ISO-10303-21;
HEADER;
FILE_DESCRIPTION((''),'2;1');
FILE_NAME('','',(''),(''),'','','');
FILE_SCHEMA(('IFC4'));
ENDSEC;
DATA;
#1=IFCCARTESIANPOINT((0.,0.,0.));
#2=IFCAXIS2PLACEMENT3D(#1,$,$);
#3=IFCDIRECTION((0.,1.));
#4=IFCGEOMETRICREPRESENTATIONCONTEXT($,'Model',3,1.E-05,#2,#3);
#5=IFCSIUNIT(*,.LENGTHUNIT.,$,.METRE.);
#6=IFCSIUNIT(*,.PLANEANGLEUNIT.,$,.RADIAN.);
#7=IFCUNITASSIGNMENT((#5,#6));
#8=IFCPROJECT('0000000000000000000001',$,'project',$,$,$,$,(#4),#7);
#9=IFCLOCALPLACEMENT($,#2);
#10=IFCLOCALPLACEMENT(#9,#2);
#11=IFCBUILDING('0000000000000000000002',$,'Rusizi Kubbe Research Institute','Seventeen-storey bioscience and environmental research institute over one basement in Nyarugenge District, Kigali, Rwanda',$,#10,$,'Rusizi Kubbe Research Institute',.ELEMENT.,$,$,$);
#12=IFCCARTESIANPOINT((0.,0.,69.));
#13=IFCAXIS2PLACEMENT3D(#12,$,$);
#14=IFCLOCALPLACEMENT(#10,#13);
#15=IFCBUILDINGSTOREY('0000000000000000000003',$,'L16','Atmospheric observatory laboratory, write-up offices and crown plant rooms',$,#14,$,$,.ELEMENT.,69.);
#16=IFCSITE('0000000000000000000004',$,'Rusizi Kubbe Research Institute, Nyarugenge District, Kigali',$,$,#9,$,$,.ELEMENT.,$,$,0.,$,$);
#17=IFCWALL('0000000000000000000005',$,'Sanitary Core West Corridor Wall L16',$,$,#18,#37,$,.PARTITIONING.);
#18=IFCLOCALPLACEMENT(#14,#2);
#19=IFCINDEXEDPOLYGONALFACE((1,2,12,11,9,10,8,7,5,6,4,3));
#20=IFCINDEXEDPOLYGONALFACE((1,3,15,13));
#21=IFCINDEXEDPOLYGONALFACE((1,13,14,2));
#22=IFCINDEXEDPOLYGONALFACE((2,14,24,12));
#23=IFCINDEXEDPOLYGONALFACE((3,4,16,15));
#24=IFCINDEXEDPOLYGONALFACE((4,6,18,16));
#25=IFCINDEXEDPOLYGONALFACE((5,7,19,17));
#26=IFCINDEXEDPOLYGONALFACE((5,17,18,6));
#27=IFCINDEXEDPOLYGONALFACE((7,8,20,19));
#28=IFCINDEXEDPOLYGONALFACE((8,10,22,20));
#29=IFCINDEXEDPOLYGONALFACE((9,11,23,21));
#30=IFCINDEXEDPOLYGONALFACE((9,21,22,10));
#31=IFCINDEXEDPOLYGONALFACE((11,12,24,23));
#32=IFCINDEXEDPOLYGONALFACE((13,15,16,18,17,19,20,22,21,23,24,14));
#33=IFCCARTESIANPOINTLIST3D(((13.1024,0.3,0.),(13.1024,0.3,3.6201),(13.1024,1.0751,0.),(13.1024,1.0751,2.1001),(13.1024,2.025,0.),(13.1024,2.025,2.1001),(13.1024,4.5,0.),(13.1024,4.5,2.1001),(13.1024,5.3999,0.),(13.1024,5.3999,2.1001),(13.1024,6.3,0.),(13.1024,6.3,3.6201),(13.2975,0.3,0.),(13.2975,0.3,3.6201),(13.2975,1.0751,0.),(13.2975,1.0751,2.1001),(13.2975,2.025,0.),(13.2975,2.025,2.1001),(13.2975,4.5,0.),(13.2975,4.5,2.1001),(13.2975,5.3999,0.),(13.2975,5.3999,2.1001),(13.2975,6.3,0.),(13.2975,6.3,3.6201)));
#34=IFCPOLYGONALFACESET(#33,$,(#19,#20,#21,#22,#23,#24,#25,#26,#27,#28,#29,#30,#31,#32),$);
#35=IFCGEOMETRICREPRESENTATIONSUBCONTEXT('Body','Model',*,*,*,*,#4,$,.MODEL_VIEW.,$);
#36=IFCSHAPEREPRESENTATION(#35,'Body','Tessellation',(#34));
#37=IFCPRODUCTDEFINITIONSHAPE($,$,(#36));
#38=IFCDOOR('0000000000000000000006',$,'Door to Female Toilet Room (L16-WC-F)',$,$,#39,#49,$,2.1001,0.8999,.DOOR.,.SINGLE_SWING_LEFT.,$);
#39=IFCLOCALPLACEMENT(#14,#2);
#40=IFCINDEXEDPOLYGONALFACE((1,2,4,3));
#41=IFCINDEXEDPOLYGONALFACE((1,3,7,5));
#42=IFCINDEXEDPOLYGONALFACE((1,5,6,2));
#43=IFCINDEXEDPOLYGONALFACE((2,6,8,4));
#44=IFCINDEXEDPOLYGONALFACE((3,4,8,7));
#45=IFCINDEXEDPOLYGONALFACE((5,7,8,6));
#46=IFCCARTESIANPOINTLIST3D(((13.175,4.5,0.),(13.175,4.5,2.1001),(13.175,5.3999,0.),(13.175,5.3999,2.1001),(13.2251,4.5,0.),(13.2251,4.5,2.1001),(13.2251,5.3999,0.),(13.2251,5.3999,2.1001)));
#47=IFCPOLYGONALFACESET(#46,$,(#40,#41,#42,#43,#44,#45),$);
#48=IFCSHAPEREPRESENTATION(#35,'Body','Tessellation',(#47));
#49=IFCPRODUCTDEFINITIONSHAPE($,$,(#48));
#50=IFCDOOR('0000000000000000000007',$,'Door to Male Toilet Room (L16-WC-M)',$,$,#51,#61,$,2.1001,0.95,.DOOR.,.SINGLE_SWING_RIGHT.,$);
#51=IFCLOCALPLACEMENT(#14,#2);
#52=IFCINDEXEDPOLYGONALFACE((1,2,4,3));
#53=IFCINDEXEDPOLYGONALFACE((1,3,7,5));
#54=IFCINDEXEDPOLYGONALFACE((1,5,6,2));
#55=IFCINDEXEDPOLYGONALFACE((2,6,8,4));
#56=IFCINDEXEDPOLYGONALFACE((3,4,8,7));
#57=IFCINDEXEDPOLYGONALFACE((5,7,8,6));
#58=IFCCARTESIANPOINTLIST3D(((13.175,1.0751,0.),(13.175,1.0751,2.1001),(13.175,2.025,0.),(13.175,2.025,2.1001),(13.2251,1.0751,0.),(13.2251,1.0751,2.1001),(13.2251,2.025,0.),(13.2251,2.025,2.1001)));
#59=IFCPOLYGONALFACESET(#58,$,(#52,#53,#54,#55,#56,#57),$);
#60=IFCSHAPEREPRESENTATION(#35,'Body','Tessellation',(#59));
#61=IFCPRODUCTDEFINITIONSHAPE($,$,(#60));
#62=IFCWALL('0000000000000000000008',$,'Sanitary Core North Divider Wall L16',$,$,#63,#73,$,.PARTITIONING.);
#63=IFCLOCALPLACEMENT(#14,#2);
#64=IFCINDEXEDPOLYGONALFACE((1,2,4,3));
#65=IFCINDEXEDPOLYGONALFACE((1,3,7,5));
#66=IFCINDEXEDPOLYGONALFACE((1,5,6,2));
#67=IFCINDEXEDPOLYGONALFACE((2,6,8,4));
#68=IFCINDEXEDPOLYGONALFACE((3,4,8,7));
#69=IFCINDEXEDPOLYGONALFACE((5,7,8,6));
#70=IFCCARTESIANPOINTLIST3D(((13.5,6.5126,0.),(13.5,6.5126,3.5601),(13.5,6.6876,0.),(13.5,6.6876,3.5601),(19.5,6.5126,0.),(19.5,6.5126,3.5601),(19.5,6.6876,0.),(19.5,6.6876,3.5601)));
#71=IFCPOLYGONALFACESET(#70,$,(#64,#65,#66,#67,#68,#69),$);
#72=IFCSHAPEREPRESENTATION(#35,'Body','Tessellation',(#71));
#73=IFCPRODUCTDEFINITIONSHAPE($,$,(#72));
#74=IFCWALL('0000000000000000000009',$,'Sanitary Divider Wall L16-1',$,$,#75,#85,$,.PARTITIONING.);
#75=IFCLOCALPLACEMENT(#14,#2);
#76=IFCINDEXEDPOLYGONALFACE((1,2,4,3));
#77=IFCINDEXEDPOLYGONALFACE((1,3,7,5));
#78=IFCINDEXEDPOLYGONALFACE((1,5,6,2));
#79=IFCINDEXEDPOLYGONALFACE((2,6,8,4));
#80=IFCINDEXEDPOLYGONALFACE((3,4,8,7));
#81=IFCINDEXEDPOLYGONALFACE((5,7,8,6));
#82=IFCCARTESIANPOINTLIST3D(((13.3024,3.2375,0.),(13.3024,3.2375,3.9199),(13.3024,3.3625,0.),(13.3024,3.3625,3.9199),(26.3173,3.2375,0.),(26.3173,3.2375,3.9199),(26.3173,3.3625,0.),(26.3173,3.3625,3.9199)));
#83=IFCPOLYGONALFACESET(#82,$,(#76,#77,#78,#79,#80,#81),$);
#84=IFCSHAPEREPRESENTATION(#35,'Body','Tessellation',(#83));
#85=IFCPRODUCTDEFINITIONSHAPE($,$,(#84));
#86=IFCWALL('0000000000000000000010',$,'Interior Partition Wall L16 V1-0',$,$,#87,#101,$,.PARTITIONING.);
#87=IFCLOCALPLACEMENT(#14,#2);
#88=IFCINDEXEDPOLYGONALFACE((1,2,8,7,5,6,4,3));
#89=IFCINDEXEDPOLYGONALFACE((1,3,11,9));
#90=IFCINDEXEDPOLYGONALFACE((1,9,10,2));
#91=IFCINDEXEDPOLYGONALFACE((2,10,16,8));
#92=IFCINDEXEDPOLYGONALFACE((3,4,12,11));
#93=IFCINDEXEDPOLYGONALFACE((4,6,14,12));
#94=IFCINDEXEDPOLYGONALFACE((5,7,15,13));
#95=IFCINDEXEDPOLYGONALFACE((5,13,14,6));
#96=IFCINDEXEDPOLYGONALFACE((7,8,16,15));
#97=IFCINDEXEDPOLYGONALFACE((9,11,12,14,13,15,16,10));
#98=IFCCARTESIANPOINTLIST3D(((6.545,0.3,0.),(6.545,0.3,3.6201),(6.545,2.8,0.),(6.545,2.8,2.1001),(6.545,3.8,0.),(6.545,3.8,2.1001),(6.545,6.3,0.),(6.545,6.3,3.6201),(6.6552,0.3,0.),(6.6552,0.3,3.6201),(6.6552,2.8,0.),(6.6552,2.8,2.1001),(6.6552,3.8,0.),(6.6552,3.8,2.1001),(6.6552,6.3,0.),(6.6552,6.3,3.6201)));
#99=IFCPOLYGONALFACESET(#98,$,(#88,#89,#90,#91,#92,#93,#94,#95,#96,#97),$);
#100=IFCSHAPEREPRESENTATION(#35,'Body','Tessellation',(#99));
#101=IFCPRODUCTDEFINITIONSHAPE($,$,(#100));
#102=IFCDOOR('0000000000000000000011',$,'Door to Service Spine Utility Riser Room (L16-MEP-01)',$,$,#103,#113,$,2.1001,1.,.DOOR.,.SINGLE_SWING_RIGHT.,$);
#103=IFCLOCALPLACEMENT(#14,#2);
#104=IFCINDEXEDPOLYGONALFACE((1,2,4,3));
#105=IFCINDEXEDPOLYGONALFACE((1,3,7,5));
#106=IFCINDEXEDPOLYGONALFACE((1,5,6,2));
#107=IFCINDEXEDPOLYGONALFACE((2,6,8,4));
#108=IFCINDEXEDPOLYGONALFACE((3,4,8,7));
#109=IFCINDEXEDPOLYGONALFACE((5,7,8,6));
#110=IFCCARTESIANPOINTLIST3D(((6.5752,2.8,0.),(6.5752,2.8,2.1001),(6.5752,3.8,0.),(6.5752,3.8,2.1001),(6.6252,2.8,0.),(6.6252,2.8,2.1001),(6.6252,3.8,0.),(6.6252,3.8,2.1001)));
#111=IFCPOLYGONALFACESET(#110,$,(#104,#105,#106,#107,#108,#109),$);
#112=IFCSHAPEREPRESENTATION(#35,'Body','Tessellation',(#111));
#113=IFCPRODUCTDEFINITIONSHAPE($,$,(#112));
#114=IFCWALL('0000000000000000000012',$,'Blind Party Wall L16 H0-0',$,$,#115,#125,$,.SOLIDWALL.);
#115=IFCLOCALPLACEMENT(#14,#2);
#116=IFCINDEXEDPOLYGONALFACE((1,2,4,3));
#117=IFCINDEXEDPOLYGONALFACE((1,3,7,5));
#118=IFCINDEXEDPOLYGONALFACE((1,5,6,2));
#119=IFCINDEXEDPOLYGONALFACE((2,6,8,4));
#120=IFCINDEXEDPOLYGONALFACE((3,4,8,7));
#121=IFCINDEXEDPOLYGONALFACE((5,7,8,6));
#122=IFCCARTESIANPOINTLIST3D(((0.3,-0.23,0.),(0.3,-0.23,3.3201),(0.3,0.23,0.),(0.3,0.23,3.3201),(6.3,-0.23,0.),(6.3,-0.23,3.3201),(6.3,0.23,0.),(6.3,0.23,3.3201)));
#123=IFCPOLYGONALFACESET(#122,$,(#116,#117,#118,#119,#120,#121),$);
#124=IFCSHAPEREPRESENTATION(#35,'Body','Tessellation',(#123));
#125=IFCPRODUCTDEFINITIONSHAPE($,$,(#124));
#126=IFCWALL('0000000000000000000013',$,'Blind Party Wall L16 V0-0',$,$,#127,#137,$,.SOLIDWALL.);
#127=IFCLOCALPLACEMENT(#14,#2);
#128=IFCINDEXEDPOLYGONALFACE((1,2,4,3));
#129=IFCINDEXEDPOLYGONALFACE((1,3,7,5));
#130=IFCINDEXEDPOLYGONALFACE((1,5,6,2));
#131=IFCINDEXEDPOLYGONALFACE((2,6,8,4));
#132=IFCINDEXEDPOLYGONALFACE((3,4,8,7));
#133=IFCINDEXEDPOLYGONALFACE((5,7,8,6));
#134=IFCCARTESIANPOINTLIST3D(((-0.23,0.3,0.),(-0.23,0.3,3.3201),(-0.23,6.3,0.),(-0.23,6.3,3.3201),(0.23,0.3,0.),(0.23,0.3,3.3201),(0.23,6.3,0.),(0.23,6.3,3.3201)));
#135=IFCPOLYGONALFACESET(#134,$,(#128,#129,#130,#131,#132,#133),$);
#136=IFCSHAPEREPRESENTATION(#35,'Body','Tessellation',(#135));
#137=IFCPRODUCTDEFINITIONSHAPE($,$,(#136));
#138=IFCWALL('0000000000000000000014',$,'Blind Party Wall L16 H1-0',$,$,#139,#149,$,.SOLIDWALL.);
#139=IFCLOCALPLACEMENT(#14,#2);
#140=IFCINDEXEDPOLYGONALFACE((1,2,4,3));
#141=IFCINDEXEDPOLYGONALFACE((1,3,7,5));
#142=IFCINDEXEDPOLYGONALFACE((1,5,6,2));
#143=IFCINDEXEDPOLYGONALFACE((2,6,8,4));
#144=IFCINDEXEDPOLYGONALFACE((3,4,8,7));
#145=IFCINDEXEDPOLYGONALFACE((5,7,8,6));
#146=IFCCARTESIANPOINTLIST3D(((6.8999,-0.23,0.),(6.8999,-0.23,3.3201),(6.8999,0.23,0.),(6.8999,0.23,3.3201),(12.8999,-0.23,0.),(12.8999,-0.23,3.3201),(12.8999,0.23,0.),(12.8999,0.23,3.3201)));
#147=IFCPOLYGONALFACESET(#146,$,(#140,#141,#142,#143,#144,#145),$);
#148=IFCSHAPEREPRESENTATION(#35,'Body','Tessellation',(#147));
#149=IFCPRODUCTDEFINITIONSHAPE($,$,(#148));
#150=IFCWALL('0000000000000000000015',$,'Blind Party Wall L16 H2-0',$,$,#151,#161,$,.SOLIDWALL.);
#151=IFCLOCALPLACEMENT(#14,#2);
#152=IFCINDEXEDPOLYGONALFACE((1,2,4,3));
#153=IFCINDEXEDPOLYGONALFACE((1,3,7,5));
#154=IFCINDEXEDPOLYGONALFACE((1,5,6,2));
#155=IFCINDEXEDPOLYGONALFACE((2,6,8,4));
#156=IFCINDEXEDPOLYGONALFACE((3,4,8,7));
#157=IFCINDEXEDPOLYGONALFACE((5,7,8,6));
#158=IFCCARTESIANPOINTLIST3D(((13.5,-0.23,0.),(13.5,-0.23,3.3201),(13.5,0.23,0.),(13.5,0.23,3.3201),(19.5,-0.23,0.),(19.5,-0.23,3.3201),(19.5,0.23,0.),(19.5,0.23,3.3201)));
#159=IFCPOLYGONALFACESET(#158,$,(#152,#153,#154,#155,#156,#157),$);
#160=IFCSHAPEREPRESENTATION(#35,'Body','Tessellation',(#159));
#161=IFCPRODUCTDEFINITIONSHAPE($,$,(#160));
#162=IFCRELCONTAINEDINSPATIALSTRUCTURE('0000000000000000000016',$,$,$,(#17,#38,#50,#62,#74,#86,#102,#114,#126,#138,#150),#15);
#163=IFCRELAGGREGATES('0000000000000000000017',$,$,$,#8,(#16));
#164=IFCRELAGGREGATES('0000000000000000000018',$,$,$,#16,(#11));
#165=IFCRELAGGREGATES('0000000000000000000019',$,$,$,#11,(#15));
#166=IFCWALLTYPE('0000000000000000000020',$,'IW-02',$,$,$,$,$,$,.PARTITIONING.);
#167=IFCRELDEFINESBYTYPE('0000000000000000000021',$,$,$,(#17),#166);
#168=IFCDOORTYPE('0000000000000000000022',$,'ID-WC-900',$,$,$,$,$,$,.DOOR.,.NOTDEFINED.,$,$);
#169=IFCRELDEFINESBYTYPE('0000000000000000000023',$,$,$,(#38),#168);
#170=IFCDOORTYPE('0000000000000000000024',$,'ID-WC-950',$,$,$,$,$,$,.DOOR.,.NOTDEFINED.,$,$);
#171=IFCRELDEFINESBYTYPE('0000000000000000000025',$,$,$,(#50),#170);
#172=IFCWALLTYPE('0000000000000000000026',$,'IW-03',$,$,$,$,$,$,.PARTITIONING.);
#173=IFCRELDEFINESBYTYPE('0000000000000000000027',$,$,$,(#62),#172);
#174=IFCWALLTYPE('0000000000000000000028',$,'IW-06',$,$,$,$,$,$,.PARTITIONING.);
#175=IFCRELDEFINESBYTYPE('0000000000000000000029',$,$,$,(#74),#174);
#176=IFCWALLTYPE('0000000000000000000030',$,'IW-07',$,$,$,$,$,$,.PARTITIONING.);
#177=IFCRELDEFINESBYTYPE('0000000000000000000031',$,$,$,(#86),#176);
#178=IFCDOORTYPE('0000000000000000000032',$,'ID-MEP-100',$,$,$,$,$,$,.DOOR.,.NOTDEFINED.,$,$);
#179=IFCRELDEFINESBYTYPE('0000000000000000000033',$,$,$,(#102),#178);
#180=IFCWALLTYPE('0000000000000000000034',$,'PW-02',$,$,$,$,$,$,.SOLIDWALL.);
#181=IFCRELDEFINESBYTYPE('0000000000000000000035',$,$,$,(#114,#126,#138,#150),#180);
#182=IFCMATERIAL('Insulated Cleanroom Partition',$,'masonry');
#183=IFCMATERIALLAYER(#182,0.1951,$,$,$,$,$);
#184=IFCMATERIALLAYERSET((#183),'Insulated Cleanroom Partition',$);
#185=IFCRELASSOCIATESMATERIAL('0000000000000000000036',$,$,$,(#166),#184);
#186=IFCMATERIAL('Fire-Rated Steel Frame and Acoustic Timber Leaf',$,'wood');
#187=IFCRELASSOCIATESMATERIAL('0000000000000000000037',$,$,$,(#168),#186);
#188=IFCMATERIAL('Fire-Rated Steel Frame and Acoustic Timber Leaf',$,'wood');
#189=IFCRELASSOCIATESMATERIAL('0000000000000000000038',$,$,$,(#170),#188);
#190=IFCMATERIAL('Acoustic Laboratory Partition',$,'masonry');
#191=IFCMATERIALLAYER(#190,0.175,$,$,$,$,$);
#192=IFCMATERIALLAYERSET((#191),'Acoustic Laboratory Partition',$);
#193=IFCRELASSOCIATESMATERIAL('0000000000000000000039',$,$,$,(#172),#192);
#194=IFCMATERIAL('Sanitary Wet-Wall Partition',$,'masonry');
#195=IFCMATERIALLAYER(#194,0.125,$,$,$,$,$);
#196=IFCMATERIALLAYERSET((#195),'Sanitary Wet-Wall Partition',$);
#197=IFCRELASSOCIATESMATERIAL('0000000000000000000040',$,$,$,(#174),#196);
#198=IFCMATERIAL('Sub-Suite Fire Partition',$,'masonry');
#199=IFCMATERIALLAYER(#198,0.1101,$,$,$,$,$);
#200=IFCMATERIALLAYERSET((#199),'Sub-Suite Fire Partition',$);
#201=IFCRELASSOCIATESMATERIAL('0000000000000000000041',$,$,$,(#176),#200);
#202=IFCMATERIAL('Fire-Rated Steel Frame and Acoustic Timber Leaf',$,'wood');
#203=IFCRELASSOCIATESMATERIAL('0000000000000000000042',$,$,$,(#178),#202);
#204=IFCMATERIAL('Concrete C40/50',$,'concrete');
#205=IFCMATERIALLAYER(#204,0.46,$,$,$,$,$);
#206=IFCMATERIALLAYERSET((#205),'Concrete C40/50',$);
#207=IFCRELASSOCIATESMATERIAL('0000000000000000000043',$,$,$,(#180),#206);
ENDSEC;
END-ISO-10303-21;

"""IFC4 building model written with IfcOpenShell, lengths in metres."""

from ifc_helpers import new_model, si_unit, direction, frame, frame_2d, origin, place, context, subcontext, project, spatial, rectangle, extrude, material, layer, layer_set, type_object, element, fill, save


model = new_model("IFC4")

# Units and contexts
model_context = context("Model", 3, precision=1e-05, world=origin(), true_north=direction((0.0, 1.0)))
body_context = subcontext(model_context, "Body", "Model", "MODEL_VIEW")
ifc_project = project(units=[si_unit("LENGTHUNIT", "METRE"), si_unit("PLANEANGLEUNIT", "RADIAN")], contexts=[model_context])

# Site, building, storey
site_placement = place(None, origin())
site = spatial("IfcSite", under=ifc_project, at=site_placement, Name="Rusizi Kubbe Research Institute, Nyarugenge District, Kigali", CompositionType="ELEMENT", RefElevation=0.0)
building_placement = place(site_placement, origin())
building = spatial("IfcBuilding", under=site, at=building_placement, Name="Rusizi Kubbe Research Institute", Description="Seventeen-storey bioscience and environmental research institute over one basement in Nyarugenge District, Kigali, Rwanda", LongName="Rusizi Kubbe Research Institute", CompositionType="ELEMENT")
storey_placement = place(building_placement, frame((0.0, 0.0, 69.0)))
storey = spatial("IfcBuildingStorey", under=building, at=storey_placement, Name="L16", Description="Atmospheric observatory laboratory, write-up offices and crown plant rooms", CompositionType="ELEMENT", Elevation=69.0)

# Wall, openings, doors
ifc_material_1 = material(Name="Insulated Cleanroom Partition", Category="masonry")
ifc_layer_1 = layer(ifc_material_1, 0.1951)
ifc_layer_set_1 = layer_set([ifc_layer_1], Name="Insulated Cleanroom Partition")
wall_type_1 = type_object("IfcWallType", Name="IW-02", PredefinedType="PARTITIONING", material=ifc_layer_set_1)
wall_1_placement = place(storey_placement, frame((13.2, 0.3, 0.0), z_axis=(0.0, 0.0, 1.0), x_axis=(0.0, 1.0, 0.0)))
wall_1 = element("IfcWall", 1, at=wall_1_placement, inside=storey, type_object=wall_type_1, Name="Sanitary Core West Corridor Wall L16", PredefinedType="PARTITIONING", context=body_context, shape_type="SweptSolid", body=[
    extrude(rectangle(XDim=6.0, YDim=0.1951, at=frame_2d((3.0, 0.0))), origin(), (0.0, 0.0, 1.0), 3.6201),
])
opening_1_placement = place(wall_1_placement, frame((0.7749, 0.0, 0.0)))
opening_1 = element("IfcOpeningElement", 2, at=opening_1_placement, cuts=wall_1, PredefinedType="OPENING", context=body_context, shape_type="SweptSolid", body=[
    extrude(rectangle(XDim=0.95, YDim=2.1001, at=frame_2d((0.4751, 1.05))), frame((0.0, 0.1074, 0.0), z_axis=(0.0, -1.0, 0.0), x_axis=(1.0, 0.0, 0.0)), (0.0, 0.0, 1.0), 0.2151),
])
opening_2_placement = place(wall_1_placement, frame((4.2, 0.0, 0.0)))
opening_2 = element("IfcOpeningElement", 3, at=opening_2_placement, cuts=wall_1, PredefinedType="OPENING", context=body_context, shape_type="SweptSolid", body=[
    extrude(rectangle(XDim=0.8999, YDim=2.1001, at=frame_2d((0.45, 1.05))), frame((0.0, 0.1074, 0.0), z_axis=(0.0, -1.0, 0.0), x_axis=(1.0, 0.0, 0.0)), (0.0, 0.0, 1.0), 0.2151),
])
ifc_material_2 = material(Name="Fire-Rated Steel Frame and Acoustic Timber Leaf", Category="wood")
door_type_1 = type_object("IfcDoorType", Name="ID-WC-900", OperationType="NOTDEFINED", PredefinedType="DOOR", material=ifc_material_2)
door_1_placement = place(opening_2_placement, origin())
door_1 = element("IfcDoor", 4, at=door_1_placement, inside=storey, type_object=door_type_1, Name="Door to Female Toilet Room (L16-WC-F)", OperationType="SINGLE_SWING_LEFT", OverallHeight=2.1001, OverallWidth=0.8999, PredefinedType="DOOR", context=body_context, shape_type="SweptSolid", body=[
    extrude(rectangle(XDim=0.8999, YDim=2.1001, at=frame_2d((0.45, 1.05))), frame((0.0, 0.0249, 0.0), z_axis=(0.0, -1.0, 0.0), x_axis=(1.0, 0.0, 0.0)), (0.0, 0.0, 1.0), 0.05),
])
fill(opening_2, door_1)
ifc_material_3 = material(Name="Fire-Rated Steel Frame and Acoustic Timber Leaf", Category="wood")
door_type_2 = type_object("IfcDoorType", Name="ID-WC-950", OperationType="NOTDEFINED", PredefinedType="DOOR", material=ifc_material_3)
door_2_placement = place(opening_1_placement, origin())
door_2 = element("IfcDoor", 5, at=door_2_placement, inside=storey, type_object=door_type_2, Name="Door to Male Toilet Room (L16-WC-M)", OperationType="SINGLE_SWING_RIGHT", OverallHeight=2.1001, OverallWidth=0.95, PredefinedType="DOOR", context=body_context, shape_type="SweptSolid", body=[
    extrude(rectangle(XDim=0.95, YDim=2.1001, at=frame_2d((0.4751, 1.05))), frame((0.0, 0.0249, 0.0), z_axis=(0.0, -1.0, 0.0), x_axis=(1.0, 0.0, 0.0)), (0.0, 0.0, 1.0), 0.05),
])
fill(opening_1, door_2)

# Walls
ifc_material_4 = material(Name="Acoustic Laboratory Partition", Category="masonry")
ifc_layer_2 = layer(ifc_material_4, 0.175)
ifc_layer_set_2 = layer_set([ifc_layer_2], Name="Acoustic Laboratory Partition")
wall_type_2 = type_object("IfcWallType", Name="IW-03", PredefinedType="PARTITIONING", material=ifc_layer_set_2)
wall_2_placement = place(storey_placement, frame((13.5, 6.6001, 0.0), z_axis=(0.0, 0.0, 1.0), x_axis=(1.0, 0.0, 0.0)))
element("IfcWall", 6, at=wall_2_placement, inside=storey, type_object=wall_type_2, Name="Sanitary Core North Divider Wall L16", PredefinedType="PARTITIONING", context=body_context, shape_type="SweptSolid", body=[
    extrude(rectangle(XDim=6.0, YDim=0.175, at=frame_2d((3.0, 0.0))), origin(), (0.0, 0.0, 1.0), 3.5601),
])
ifc_material_5 = material(Name="Sanitary Wet-Wall Partition", Category="masonry")
ifc_layer_3 = layer(ifc_material_5, 0.125)
ifc_layer_set_3 = layer_set([ifc_layer_3], Name="Sanitary Wet-Wall Partition")
wall_type_3 = type_object("IfcWallType", Name="IW-06", PredefinedType="PARTITIONING", material=ifc_layer_set_3)
wall_3_placement = place(storey_placement, frame((13.3025, 3.3, 0.0), z_axis=(0.0, 0.0, 1.0), x_axis=(1.0, 0.0, 0.0)))
element("IfcWall", 7, at=wall_3_placement, inside=storey, type_object=wall_type_3, Name="Sanitary Divider Wall L16-1", PredefinedType="PARTITIONING", context=body_context, shape_type="SweptSolid", body=[
    extrude(rectangle(XDim=13.0149, YDim=0.125, at=frame_2d((6.5073, 0.0))), origin(), (0.0, 0.0, 1.0), 3.9199),
])

# Wall, opening, door
ifc_material_6 = material(Name="Sub-Suite Fire Partition", Category="masonry")
ifc_layer_4 = layer(ifc_material_6, 0.1101)
ifc_layer_set_4 = layer_set([ifc_layer_4], Name="Sub-Suite Fire Partition")
wall_type_4 = type_object("IfcWallType", Name="IW-07", PredefinedType="PARTITIONING", material=ifc_layer_set_4)
wall_4_placement = place(storey_placement, frame((6.6001, 0.3, 0.0), z_axis=(0.0, 0.0, 1.0), x_axis=(0.0, 1.0, 0.0)))
wall_4 = element("IfcWall", 8, at=wall_4_placement, inside=storey, type_object=wall_type_4, Name="Interior Partition Wall L16 V1-0", PredefinedType="PARTITIONING", context=body_context, shape_type="SweptSolid", body=[
    extrude(rectangle(XDim=6.0, YDim=0.1101, at=frame_2d((3.0, 0.0))), origin(), (0.0, 0.0, 1.0), 3.6201),
])
opening_3_placement = place(wall_4_placement, frame((2.5, 0.0, 0.0)))
opening_3 = element("IfcOpeningElement", 9, at=opening_3_placement, cuts=wall_4, PredefinedType="OPENING", context=body_context, shape_type="SweptSolid", body=[
    extrude(rectangle(XDim=1.0, YDim=2.1001, at=frame_2d((0.5, 1.05))), frame((0.0, 0.0649, 0.0), z_axis=(0.0, -1.0, 0.0), x_axis=(1.0, 0.0, 0.0)), (0.0, 0.0, 1.0), 0.1301),
])
ifc_material_7 = material(Name="Fire-Rated Steel Frame and Acoustic Timber Leaf", Category="wood")
door_type_3 = type_object("IfcDoorType", Name="ID-MEP-100", OperationType="NOTDEFINED", PredefinedType="DOOR", material=ifc_material_7)
door_3_placement = place(opening_3_placement, origin())
door_3 = element("IfcDoor", 10, at=door_3_placement, inside=storey, type_object=door_type_3, Name="Door to Service Spine Utility Riser Room (L16-MEP-01)", OperationType="SINGLE_SWING_RIGHT", OverallHeight=2.1001, OverallWidth=1.0, PredefinedType="DOOR", context=body_context, shape_type="SweptSolid", body=[
    extrude(rectangle(XDim=1.0, YDim=2.1001, at=frame_2d((0.5, 1.05))), frame((0.0, 0.0249, 0.0), z_axis=(0.0, -1.0, 0.0), x_axis=(1.0, 0.0, 0.0)), (0.0, 0.0, 1.0), 0.05),
])
fill(opening_3, door_3)

# Walls
ifc_material_8 = material(Name="Concrete C40/50", Category="concrete")
ifc_layer_5 = layer(ifc_material_8, 0.46)
ifc_layer_set_5 = layer_set([ifc_layer_5], Name="Concrete C40/50")
wall_type_5 = type_object("IfcWallType", Name="PW-02", PredefinedType="SOLIDWALL", material=ifc_layer_set_5)
for number, where, z_axis, x_axis, name in (
    (11, (0.3, 0.0, 0.0), (0.0, 0.0, 1.0), (1.0, 0.0, 0.0), "Blind Party Wall L16 H0-0"),
    (12, (0.0, 0.3, 0.0), (0.0, 0.0, 1.0), (0.0, 1.0, 0.0), "Blind Party Wall L16 V0-0"),
    (13, (6.8999, 0.0, 0.0), (0.0, 0.0, 1.0), (1.0, 0.0, 0.0), "Blind Party Wall L16 H1-0"),
    (14, (13.5, 0.0, 0.0), (0.0, 0.0, 1.0), (1.0, 0.0, 0.0), "Blind Party Wall L16 H2-0"),
):
    element("IfcWall", number, at=place(storey_placement, frame(where, z_axis=z_axis, x_axis=x_axis)), inside=storey, type_object=wall_type_5, Name=name, PredefinedType="SOLIDWALL", context=body_context, shape_type="SweptSolid", body=[
        extrude(rectangle(XDim=6.0, YDim=0.46, at=frame_2d((3.0, 0.0))), origin(), (0.0, 0.0, 1.0), 3.3201),
    ])

save(model, "model.ifc")
